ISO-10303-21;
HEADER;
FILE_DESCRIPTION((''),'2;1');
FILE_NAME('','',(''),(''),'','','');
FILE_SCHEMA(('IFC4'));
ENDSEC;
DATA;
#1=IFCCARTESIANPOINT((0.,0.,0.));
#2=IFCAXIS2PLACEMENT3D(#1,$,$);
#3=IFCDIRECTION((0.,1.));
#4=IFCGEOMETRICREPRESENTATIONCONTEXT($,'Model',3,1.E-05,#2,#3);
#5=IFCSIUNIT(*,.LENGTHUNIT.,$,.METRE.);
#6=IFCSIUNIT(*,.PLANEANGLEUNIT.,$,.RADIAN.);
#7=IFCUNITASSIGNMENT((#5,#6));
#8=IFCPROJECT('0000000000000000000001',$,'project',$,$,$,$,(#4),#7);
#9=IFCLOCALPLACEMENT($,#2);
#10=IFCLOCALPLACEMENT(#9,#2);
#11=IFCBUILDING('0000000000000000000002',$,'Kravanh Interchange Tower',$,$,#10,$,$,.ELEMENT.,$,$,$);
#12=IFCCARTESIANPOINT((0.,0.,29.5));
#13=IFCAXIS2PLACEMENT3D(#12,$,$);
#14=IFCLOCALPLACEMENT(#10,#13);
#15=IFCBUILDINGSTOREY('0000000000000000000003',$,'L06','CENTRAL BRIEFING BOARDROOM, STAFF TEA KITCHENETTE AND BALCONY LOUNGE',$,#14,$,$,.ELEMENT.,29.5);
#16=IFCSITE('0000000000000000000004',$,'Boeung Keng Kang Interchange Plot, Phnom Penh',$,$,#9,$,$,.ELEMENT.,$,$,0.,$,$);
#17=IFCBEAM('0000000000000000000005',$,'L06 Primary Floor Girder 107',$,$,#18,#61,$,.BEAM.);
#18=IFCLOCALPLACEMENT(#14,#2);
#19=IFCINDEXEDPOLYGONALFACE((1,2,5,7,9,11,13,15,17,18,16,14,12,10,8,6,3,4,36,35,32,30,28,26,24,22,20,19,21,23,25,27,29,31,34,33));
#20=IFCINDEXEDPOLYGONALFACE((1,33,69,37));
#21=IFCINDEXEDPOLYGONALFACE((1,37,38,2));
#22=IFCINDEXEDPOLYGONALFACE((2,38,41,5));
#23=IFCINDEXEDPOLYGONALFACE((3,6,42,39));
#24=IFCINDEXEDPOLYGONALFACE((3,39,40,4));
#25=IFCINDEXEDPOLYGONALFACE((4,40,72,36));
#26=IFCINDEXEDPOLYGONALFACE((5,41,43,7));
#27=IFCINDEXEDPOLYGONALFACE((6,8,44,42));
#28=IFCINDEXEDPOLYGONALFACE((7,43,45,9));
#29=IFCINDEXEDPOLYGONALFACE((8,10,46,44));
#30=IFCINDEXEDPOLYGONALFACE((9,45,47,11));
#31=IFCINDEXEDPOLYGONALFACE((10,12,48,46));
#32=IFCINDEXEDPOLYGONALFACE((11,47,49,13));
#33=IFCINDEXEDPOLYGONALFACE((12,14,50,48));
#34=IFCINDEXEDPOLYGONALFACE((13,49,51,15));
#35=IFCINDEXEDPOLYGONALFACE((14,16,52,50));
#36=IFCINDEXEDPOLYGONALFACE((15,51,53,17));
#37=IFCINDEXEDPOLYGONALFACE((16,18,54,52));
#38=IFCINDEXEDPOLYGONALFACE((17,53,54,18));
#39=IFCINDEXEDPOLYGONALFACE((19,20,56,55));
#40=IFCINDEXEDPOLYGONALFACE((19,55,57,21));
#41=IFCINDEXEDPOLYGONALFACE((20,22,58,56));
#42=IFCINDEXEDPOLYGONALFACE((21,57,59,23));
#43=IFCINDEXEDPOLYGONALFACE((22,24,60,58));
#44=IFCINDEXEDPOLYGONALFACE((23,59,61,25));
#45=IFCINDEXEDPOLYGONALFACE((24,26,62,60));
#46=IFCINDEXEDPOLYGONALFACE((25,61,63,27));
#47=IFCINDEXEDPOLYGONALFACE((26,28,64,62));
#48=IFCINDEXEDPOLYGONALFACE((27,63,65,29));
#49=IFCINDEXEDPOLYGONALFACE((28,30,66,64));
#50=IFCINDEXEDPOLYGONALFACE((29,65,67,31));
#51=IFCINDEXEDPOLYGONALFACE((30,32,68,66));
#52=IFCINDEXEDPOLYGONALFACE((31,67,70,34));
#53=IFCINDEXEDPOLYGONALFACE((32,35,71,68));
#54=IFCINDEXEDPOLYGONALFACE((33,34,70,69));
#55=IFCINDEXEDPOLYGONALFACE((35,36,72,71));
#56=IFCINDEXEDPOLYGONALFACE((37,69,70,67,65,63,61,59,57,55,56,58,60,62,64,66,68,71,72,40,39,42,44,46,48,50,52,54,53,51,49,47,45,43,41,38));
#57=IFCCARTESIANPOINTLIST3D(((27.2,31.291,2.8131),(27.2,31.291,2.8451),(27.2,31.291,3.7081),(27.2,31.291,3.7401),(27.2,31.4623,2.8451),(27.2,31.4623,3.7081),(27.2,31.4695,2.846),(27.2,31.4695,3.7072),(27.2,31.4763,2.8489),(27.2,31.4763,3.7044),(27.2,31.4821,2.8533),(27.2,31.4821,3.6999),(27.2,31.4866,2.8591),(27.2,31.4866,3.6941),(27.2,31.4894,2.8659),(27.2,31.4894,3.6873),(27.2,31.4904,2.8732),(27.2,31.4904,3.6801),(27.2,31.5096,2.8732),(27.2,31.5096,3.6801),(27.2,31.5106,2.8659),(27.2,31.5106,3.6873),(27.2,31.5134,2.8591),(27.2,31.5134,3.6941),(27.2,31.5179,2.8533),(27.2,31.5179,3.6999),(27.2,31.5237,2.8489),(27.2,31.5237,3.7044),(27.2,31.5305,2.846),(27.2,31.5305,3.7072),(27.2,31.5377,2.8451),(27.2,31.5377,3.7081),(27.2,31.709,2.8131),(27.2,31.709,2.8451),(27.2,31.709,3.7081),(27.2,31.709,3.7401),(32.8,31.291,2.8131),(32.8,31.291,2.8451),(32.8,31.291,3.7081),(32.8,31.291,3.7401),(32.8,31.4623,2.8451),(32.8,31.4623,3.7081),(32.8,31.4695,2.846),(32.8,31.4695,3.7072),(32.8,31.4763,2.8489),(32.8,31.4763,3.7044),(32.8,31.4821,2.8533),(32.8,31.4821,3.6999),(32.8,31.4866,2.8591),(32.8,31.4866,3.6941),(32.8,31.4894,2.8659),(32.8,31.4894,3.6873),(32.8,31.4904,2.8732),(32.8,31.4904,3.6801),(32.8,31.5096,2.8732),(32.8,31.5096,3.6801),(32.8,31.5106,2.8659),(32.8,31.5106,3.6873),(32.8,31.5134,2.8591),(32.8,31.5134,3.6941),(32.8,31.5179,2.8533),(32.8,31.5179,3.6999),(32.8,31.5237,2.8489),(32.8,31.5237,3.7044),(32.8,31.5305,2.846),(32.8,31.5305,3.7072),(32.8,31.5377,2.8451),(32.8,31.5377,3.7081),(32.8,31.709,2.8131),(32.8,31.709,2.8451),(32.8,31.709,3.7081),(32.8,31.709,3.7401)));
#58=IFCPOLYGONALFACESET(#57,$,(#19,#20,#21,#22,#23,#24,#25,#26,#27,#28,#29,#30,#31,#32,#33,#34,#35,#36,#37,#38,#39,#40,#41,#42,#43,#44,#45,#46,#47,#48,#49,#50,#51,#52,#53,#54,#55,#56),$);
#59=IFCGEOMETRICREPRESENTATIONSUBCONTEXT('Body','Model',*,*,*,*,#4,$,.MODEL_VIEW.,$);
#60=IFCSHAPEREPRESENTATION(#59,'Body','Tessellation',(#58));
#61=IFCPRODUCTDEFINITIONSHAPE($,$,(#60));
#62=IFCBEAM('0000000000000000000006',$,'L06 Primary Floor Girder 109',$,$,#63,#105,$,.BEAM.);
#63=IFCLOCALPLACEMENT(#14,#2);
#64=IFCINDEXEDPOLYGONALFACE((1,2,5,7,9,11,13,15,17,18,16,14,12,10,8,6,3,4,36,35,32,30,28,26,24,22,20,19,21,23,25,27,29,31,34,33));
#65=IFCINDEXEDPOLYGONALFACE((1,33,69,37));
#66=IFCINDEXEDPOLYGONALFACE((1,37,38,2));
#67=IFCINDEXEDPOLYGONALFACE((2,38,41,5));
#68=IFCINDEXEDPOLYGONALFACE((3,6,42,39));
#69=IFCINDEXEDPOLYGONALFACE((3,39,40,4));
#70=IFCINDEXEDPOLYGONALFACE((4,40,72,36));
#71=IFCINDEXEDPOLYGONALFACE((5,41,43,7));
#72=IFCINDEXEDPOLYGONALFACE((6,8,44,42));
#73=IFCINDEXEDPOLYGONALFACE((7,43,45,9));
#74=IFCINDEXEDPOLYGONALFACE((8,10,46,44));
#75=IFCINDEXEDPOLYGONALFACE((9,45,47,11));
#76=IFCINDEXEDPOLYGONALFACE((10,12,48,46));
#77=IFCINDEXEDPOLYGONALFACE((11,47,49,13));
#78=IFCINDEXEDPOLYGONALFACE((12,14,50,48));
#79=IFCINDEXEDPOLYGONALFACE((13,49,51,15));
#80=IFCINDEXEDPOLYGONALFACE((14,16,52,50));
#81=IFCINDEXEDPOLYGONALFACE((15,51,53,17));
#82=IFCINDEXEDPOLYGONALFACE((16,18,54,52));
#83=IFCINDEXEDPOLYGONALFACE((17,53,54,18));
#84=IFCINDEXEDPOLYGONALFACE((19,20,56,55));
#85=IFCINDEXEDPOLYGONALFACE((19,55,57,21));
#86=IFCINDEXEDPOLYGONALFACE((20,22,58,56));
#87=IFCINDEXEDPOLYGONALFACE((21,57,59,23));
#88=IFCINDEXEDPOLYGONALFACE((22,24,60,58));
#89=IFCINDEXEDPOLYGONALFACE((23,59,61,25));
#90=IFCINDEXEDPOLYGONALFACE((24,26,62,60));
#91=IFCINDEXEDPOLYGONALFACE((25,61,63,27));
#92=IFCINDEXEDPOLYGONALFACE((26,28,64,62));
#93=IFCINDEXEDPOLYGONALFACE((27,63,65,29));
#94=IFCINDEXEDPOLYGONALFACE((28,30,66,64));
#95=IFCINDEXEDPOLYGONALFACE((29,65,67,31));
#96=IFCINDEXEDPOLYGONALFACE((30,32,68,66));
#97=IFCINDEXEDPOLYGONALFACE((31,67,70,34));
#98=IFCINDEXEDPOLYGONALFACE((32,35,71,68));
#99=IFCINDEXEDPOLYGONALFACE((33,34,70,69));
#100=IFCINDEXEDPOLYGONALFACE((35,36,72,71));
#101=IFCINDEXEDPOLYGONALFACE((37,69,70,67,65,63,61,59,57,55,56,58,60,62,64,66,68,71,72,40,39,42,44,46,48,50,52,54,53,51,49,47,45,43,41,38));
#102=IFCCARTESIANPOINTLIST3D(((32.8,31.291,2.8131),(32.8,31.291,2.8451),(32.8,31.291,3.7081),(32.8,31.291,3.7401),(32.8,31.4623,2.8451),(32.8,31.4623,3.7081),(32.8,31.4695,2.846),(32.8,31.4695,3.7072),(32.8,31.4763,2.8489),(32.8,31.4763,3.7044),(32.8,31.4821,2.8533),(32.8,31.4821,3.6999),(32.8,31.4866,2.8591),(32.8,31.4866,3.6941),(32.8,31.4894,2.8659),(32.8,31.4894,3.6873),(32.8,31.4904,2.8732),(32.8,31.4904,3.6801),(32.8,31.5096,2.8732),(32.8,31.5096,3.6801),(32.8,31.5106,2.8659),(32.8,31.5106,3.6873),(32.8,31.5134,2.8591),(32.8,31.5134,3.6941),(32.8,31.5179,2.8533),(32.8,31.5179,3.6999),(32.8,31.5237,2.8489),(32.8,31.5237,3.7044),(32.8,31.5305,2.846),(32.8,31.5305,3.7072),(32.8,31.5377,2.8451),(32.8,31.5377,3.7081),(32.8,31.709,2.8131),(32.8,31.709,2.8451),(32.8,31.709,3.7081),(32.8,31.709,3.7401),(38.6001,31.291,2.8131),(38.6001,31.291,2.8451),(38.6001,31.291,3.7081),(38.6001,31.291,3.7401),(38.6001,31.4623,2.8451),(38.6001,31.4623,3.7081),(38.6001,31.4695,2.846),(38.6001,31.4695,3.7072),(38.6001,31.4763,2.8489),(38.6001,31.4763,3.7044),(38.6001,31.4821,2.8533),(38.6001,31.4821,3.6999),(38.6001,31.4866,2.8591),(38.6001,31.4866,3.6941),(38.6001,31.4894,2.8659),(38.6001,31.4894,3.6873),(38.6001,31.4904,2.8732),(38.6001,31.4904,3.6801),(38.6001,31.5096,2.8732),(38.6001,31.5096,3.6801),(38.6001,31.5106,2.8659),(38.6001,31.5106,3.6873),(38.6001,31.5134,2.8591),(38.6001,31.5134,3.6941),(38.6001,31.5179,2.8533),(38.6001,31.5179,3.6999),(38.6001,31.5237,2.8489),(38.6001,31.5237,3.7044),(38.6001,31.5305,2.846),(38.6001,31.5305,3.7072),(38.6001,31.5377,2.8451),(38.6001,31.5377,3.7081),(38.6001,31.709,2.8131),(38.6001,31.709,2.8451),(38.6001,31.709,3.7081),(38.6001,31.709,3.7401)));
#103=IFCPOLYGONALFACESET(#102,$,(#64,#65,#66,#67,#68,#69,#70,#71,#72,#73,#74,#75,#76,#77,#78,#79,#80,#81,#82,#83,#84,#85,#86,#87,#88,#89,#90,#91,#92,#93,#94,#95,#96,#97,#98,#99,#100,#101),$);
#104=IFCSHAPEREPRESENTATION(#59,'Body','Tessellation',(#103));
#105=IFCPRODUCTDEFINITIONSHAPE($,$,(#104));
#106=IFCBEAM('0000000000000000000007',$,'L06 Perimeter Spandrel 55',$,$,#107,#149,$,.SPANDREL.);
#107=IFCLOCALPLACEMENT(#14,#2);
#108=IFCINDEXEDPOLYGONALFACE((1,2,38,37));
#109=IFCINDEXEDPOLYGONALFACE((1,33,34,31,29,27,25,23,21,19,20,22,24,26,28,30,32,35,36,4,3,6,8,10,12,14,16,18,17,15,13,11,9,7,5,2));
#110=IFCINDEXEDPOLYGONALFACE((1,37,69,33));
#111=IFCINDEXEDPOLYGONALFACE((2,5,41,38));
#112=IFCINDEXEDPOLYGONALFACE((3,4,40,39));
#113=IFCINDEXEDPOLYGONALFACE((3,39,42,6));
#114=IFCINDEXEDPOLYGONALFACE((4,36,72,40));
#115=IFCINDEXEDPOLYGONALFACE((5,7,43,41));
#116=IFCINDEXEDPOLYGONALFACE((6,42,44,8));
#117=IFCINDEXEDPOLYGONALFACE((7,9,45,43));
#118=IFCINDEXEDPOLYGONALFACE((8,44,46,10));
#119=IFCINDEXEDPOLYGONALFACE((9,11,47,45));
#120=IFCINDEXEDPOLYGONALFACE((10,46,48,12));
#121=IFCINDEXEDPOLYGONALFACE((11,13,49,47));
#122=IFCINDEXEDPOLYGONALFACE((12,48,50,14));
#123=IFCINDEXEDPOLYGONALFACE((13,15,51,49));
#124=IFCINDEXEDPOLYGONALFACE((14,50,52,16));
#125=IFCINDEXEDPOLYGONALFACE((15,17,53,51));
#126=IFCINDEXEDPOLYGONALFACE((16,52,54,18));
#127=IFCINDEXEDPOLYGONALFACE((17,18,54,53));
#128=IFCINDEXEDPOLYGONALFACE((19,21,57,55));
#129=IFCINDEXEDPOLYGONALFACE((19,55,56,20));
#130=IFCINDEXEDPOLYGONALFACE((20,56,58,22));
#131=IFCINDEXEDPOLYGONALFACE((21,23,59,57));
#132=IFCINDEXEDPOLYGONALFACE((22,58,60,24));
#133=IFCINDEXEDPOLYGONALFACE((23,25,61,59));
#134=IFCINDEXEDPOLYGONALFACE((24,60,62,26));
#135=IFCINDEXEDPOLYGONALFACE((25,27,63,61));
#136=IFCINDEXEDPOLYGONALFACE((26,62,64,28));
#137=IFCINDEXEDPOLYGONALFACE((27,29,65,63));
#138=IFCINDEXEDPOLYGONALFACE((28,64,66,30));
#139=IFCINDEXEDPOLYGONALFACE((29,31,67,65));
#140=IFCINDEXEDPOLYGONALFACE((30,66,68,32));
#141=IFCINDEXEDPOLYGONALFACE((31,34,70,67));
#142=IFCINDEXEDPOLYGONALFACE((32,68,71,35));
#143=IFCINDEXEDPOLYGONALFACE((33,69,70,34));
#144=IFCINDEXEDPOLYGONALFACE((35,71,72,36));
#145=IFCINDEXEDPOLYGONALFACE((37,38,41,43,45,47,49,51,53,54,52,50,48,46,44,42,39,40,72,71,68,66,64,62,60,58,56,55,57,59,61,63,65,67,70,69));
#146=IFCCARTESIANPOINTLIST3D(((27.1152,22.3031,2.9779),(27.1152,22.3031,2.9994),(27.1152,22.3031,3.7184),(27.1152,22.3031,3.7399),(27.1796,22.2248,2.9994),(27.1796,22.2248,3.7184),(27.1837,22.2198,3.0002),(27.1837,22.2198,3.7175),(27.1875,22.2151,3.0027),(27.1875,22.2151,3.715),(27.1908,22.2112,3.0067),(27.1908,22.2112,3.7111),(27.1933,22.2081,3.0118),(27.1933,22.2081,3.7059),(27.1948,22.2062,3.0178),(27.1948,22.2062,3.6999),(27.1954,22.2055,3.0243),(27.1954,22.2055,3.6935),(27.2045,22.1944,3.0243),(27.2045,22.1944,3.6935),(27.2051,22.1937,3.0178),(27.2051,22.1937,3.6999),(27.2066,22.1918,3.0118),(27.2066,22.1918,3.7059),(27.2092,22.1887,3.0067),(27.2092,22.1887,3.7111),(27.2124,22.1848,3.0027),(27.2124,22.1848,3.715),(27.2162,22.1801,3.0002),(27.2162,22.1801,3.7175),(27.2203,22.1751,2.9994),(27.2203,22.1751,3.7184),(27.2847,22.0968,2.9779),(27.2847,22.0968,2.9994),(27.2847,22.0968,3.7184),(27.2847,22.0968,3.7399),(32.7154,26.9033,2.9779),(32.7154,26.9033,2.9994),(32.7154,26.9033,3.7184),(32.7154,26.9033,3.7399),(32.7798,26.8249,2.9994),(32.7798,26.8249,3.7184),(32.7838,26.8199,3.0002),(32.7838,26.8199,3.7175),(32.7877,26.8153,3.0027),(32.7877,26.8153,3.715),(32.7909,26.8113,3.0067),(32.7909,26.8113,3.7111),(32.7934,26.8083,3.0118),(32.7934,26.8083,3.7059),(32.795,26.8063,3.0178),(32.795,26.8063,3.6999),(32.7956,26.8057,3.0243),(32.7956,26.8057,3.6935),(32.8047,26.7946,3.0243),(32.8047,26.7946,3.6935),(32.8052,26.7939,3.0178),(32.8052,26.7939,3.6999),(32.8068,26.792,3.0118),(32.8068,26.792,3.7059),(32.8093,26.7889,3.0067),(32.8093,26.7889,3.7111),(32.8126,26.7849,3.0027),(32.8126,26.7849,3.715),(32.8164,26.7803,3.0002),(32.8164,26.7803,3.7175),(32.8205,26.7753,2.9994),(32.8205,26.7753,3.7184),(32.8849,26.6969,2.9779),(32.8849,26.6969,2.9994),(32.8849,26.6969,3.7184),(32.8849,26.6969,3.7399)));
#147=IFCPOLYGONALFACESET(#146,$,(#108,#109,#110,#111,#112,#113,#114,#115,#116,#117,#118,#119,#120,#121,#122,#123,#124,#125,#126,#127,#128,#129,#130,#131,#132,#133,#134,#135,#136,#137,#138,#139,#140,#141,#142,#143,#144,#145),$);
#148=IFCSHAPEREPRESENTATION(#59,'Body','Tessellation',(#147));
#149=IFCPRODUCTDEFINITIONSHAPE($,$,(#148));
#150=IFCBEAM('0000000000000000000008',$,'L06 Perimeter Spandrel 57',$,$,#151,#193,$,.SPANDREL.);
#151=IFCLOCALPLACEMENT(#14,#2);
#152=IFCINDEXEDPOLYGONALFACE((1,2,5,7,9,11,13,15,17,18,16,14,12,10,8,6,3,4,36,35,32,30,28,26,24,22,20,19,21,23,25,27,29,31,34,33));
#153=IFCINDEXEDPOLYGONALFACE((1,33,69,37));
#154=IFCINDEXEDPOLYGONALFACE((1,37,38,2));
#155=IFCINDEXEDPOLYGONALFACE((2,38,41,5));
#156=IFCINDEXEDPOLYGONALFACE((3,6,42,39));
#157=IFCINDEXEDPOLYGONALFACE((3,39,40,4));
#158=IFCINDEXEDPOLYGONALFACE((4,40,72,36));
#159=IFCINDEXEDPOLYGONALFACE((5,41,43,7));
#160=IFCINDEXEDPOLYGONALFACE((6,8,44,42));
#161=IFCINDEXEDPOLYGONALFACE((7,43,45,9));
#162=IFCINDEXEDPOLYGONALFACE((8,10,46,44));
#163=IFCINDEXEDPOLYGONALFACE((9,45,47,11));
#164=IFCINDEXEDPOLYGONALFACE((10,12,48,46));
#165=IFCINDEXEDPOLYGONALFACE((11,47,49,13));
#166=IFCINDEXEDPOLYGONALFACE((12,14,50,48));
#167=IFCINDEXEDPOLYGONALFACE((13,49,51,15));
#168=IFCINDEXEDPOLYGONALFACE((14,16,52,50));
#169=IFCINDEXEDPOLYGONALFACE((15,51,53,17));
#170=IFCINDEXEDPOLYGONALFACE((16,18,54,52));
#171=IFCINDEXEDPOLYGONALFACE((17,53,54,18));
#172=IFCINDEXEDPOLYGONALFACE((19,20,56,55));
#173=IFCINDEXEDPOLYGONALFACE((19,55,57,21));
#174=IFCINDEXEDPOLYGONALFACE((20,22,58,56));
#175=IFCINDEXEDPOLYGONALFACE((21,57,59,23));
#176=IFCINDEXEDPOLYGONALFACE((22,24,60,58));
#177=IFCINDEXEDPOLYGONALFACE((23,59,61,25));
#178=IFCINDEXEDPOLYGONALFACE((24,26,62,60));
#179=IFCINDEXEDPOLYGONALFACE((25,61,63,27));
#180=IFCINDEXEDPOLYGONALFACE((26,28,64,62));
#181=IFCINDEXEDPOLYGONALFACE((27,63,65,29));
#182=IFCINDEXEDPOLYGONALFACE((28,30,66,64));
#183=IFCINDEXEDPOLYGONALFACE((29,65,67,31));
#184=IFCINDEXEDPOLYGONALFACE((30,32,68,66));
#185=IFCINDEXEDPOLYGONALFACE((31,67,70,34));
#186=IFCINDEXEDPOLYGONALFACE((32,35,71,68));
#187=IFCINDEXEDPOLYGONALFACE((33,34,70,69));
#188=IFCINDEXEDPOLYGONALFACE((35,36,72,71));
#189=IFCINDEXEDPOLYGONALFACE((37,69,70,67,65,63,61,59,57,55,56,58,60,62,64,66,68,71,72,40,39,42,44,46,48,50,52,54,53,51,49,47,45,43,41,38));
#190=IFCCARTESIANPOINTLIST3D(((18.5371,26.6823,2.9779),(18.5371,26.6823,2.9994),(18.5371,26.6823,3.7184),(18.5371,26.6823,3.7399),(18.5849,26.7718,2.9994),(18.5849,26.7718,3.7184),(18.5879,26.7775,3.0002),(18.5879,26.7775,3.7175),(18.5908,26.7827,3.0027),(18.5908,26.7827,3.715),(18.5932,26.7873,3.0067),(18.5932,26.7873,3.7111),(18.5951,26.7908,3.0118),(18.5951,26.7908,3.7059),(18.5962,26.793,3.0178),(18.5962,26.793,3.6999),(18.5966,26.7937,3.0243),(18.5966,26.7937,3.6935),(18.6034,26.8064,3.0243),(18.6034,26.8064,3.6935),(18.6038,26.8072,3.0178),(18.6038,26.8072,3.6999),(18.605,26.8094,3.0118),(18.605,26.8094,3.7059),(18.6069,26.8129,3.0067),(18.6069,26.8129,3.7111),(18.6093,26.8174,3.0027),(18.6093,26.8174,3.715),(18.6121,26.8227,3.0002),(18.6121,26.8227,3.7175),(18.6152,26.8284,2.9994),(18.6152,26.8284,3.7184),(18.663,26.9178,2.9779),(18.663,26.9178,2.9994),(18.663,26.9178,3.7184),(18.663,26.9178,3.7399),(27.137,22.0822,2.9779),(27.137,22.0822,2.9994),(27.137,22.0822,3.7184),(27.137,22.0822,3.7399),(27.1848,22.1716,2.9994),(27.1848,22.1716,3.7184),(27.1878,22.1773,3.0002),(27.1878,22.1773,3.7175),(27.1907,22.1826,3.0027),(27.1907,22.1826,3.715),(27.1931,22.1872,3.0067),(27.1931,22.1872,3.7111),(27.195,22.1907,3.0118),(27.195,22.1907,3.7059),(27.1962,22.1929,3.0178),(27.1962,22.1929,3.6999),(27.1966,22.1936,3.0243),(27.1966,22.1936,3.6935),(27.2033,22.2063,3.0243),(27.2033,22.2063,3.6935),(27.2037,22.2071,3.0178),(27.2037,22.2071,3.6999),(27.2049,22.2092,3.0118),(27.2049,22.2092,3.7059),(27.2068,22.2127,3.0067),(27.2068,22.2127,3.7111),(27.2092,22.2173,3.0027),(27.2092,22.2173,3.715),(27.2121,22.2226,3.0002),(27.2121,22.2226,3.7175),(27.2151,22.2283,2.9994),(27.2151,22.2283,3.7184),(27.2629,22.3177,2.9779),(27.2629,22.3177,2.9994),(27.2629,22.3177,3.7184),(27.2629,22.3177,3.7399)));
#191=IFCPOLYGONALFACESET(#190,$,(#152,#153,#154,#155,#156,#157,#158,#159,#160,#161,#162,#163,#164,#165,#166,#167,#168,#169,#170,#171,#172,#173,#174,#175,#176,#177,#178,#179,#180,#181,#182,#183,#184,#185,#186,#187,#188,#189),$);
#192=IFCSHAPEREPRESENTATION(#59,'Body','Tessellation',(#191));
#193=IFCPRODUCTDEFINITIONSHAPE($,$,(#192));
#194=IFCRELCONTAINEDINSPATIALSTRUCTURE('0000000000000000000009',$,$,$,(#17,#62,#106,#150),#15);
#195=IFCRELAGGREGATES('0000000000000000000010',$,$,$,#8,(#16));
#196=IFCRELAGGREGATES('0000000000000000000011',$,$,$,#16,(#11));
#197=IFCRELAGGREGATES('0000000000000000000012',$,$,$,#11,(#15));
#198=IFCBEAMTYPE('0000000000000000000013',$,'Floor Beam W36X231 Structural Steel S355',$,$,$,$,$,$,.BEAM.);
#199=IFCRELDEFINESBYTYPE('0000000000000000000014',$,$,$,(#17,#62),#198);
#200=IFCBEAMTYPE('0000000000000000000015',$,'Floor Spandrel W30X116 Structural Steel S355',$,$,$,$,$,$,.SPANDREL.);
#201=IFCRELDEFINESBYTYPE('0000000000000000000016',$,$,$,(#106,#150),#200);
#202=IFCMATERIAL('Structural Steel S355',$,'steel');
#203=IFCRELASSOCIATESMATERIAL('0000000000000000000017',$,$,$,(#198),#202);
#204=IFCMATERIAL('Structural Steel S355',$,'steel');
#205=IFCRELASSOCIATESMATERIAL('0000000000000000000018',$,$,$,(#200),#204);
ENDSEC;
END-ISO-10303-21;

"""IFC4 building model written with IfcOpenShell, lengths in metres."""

from ifc_helpers import new_model, si_unit, direction, frame, origin, origin_2d, place, context, subcontext, project, spatial, i_section, extrude, material, material_profile, profile_set, type_object, element, save


model = new_model("IFC4")

# Units and contexts
model_context = context("Model", 3, precision=1e-05, world=origin(), true_north=direction((0.0, 1.0)))
body_context = subcontext(model_context, "Body", "Model", "MODEL_VIEW")
ifc_project = project(units=[si_unit("LENGTHUNIT", "METRE"), si_unit("PLANEANGLEUNIT", "RADIAN")], contexts=[model_context])

# Site, building, storey
site_placement = place(None, origin())
site = spatial("IfcSite", under=ifc_project, at=site_placement, Name="Boeung Keng Kang Interchange Plot, Phnom Penh", CompositionType="ELEMENT", RefElevation=0.0)
building_placement = place(site_placement, origin())
building = spatial("IfcBuilding", under=site, at=building_placement, Name="Kravanh Interchange Tower", CompositionType="ELEMENT")
storey_placement = place(building_placement, frame((0.0, 0.0, 29.5)))
storey = spatial("IfcBuildingStorey", under=building, at=storey_placement, Name="L06", Description="CENTRAL BRIEFING BOARDROOM, STAFF TEA KITCHENETTE AND BALCONY LOUNGE", CompositionType="ELEMENT", Elevation=29.5)

# Beams
ifc_material_1 = material(Name="Structural Steel S355", Category="steel")
ifc_material_profile_1 = material_profile(ifc_material_1, i_section(OverallWidth=0.418, OverallDepth=0.927, WebThickness=0.0193, FlangeThickness=0.032, FilletRadius=0.0281, at=origin_2d()), Name="W36X231")
ifc_profile_set_1 = profile_set([ifc_material_profile_1], Name="Structural Steel S355")
beam_type_1 = type_object("IfcBeamType", Name="Floor Beam W36X231 Structural Steel S355", PredefinedType="BEAM", material=ifc_profile_set_1)
beam_1_placement = place(storey_placement, frame((27.2, 31.5, 3.2766), z_axis=(1.0, 0.0, 0.0), x_axis=(0.0, 1.0, 0.0)))
element("IfcBeam", 1, at=beam_1_placement, inside=storey, type_object=beam_type_1, Name="L06 Primary Floor Girder 107", PredefinedType="BEAM", context=body_context, shape_type="SweptSolid", body=[
    extrude(i_section(OverallWidth=0.418, OverallDepth=0.927, WebThickness=0.0193, FlangeThickness=0.032, FilletRadius=0.0281, at=origin_2d()), origin(), (0.0, 0.0, 1.0), 5.6001),
])
beam_2_placement = place(storey_placement, frame((32.8, 31.5, 3.2766), z_axis=(1.0, 0.0, 0.0), x_axis=(0.0, 1.0, 0.0)))
element("IfcBeam", 2, at=beam_2_placement, inside=storey, type_object=beam_type_1, Name="L06 Primary Floor Girder 109", PredefinedType="BEAM", context=body_context, shape_type="SweptSolid", body=[
    extrude(i_section(OverallWidth=0.418, OverallDepth=0.927, WebThickness=0.0193, FlangeThickness=0.032, FilletRadius=0.0281, at=origin_2d()), origin(), (0.0, 0.0, 1.0), 5.8),
])
ifc_material_2 = material(Name="Structural Steel S355", Category="steel")
ifc_material_profile_2 = material_profile(ifc_material_2, i_section(OverallWidth=0.2671, OverallDepth=0.762, WebThickness=0.0144, FlangeThickness=0.0215, FilletRadius=0.0249, at=origin_2d()), Name="W30X116")
ifc_profile_set_2 = profile_set([ifc_material_profile_2], Name="Structural Steel S355")
beam_type_2 = type_object("IfcBeamType", Name="Floor Spandrel W30X116 Structural Steel S355", PredefinedType="SPANDREL", material=ifc_profile_set_2)
beam_3_placement = place(storey_placement, frame((27.2, 22.2, 3.3589), z_axis=(0.772725, 0.634741, 0.0), x_axis=(-0.634741, 0.772725, 0.0)))
element("IfcBeam", 3, at=beam_3_placement, inside=storey, type_object=beam_type_2, Name="L06 Perimeter Spandrel 55", PredefinedType="SPANDREL", context=body_context, shape_type="SweptSolid", body=[
    extrude(i_section(OverallWidth=0.2671, OverallDepth=0.762, WebThickness=0.0144, FlangeThickness=0.0215, FilletRadius=0.0249, at=origin_2d()), origin(), (0.0, 0.0, 1.0), 7.2473),
])
beam_4_placement = place(storey_placement, frame((27.2, 22.2, 3.3589), z_axis=(-0.881777, 0.471666, 0.0), x_axis=(-0.471666, -0.881777, 0.0)))
element("IfcBeam", 4, at=beam_4_placement, inside=storey, type_object=beam_type_2, Name="L06 Perimeter Spandrel 57", PredefinedType="SPANDREL", context=body_context, shape_type="SweptSolid", body=[
    extrude(i_section(OverallWidth=0.2671, OverallDepth=0.762, WebThickness=0.0144, FlangeThickness=0.0215, FilletRadius=0.0249, at=origin_2d()), origin(), (0.0, 0.0, 1.0), 9.7529),
])

save(model, "model.ifc")
